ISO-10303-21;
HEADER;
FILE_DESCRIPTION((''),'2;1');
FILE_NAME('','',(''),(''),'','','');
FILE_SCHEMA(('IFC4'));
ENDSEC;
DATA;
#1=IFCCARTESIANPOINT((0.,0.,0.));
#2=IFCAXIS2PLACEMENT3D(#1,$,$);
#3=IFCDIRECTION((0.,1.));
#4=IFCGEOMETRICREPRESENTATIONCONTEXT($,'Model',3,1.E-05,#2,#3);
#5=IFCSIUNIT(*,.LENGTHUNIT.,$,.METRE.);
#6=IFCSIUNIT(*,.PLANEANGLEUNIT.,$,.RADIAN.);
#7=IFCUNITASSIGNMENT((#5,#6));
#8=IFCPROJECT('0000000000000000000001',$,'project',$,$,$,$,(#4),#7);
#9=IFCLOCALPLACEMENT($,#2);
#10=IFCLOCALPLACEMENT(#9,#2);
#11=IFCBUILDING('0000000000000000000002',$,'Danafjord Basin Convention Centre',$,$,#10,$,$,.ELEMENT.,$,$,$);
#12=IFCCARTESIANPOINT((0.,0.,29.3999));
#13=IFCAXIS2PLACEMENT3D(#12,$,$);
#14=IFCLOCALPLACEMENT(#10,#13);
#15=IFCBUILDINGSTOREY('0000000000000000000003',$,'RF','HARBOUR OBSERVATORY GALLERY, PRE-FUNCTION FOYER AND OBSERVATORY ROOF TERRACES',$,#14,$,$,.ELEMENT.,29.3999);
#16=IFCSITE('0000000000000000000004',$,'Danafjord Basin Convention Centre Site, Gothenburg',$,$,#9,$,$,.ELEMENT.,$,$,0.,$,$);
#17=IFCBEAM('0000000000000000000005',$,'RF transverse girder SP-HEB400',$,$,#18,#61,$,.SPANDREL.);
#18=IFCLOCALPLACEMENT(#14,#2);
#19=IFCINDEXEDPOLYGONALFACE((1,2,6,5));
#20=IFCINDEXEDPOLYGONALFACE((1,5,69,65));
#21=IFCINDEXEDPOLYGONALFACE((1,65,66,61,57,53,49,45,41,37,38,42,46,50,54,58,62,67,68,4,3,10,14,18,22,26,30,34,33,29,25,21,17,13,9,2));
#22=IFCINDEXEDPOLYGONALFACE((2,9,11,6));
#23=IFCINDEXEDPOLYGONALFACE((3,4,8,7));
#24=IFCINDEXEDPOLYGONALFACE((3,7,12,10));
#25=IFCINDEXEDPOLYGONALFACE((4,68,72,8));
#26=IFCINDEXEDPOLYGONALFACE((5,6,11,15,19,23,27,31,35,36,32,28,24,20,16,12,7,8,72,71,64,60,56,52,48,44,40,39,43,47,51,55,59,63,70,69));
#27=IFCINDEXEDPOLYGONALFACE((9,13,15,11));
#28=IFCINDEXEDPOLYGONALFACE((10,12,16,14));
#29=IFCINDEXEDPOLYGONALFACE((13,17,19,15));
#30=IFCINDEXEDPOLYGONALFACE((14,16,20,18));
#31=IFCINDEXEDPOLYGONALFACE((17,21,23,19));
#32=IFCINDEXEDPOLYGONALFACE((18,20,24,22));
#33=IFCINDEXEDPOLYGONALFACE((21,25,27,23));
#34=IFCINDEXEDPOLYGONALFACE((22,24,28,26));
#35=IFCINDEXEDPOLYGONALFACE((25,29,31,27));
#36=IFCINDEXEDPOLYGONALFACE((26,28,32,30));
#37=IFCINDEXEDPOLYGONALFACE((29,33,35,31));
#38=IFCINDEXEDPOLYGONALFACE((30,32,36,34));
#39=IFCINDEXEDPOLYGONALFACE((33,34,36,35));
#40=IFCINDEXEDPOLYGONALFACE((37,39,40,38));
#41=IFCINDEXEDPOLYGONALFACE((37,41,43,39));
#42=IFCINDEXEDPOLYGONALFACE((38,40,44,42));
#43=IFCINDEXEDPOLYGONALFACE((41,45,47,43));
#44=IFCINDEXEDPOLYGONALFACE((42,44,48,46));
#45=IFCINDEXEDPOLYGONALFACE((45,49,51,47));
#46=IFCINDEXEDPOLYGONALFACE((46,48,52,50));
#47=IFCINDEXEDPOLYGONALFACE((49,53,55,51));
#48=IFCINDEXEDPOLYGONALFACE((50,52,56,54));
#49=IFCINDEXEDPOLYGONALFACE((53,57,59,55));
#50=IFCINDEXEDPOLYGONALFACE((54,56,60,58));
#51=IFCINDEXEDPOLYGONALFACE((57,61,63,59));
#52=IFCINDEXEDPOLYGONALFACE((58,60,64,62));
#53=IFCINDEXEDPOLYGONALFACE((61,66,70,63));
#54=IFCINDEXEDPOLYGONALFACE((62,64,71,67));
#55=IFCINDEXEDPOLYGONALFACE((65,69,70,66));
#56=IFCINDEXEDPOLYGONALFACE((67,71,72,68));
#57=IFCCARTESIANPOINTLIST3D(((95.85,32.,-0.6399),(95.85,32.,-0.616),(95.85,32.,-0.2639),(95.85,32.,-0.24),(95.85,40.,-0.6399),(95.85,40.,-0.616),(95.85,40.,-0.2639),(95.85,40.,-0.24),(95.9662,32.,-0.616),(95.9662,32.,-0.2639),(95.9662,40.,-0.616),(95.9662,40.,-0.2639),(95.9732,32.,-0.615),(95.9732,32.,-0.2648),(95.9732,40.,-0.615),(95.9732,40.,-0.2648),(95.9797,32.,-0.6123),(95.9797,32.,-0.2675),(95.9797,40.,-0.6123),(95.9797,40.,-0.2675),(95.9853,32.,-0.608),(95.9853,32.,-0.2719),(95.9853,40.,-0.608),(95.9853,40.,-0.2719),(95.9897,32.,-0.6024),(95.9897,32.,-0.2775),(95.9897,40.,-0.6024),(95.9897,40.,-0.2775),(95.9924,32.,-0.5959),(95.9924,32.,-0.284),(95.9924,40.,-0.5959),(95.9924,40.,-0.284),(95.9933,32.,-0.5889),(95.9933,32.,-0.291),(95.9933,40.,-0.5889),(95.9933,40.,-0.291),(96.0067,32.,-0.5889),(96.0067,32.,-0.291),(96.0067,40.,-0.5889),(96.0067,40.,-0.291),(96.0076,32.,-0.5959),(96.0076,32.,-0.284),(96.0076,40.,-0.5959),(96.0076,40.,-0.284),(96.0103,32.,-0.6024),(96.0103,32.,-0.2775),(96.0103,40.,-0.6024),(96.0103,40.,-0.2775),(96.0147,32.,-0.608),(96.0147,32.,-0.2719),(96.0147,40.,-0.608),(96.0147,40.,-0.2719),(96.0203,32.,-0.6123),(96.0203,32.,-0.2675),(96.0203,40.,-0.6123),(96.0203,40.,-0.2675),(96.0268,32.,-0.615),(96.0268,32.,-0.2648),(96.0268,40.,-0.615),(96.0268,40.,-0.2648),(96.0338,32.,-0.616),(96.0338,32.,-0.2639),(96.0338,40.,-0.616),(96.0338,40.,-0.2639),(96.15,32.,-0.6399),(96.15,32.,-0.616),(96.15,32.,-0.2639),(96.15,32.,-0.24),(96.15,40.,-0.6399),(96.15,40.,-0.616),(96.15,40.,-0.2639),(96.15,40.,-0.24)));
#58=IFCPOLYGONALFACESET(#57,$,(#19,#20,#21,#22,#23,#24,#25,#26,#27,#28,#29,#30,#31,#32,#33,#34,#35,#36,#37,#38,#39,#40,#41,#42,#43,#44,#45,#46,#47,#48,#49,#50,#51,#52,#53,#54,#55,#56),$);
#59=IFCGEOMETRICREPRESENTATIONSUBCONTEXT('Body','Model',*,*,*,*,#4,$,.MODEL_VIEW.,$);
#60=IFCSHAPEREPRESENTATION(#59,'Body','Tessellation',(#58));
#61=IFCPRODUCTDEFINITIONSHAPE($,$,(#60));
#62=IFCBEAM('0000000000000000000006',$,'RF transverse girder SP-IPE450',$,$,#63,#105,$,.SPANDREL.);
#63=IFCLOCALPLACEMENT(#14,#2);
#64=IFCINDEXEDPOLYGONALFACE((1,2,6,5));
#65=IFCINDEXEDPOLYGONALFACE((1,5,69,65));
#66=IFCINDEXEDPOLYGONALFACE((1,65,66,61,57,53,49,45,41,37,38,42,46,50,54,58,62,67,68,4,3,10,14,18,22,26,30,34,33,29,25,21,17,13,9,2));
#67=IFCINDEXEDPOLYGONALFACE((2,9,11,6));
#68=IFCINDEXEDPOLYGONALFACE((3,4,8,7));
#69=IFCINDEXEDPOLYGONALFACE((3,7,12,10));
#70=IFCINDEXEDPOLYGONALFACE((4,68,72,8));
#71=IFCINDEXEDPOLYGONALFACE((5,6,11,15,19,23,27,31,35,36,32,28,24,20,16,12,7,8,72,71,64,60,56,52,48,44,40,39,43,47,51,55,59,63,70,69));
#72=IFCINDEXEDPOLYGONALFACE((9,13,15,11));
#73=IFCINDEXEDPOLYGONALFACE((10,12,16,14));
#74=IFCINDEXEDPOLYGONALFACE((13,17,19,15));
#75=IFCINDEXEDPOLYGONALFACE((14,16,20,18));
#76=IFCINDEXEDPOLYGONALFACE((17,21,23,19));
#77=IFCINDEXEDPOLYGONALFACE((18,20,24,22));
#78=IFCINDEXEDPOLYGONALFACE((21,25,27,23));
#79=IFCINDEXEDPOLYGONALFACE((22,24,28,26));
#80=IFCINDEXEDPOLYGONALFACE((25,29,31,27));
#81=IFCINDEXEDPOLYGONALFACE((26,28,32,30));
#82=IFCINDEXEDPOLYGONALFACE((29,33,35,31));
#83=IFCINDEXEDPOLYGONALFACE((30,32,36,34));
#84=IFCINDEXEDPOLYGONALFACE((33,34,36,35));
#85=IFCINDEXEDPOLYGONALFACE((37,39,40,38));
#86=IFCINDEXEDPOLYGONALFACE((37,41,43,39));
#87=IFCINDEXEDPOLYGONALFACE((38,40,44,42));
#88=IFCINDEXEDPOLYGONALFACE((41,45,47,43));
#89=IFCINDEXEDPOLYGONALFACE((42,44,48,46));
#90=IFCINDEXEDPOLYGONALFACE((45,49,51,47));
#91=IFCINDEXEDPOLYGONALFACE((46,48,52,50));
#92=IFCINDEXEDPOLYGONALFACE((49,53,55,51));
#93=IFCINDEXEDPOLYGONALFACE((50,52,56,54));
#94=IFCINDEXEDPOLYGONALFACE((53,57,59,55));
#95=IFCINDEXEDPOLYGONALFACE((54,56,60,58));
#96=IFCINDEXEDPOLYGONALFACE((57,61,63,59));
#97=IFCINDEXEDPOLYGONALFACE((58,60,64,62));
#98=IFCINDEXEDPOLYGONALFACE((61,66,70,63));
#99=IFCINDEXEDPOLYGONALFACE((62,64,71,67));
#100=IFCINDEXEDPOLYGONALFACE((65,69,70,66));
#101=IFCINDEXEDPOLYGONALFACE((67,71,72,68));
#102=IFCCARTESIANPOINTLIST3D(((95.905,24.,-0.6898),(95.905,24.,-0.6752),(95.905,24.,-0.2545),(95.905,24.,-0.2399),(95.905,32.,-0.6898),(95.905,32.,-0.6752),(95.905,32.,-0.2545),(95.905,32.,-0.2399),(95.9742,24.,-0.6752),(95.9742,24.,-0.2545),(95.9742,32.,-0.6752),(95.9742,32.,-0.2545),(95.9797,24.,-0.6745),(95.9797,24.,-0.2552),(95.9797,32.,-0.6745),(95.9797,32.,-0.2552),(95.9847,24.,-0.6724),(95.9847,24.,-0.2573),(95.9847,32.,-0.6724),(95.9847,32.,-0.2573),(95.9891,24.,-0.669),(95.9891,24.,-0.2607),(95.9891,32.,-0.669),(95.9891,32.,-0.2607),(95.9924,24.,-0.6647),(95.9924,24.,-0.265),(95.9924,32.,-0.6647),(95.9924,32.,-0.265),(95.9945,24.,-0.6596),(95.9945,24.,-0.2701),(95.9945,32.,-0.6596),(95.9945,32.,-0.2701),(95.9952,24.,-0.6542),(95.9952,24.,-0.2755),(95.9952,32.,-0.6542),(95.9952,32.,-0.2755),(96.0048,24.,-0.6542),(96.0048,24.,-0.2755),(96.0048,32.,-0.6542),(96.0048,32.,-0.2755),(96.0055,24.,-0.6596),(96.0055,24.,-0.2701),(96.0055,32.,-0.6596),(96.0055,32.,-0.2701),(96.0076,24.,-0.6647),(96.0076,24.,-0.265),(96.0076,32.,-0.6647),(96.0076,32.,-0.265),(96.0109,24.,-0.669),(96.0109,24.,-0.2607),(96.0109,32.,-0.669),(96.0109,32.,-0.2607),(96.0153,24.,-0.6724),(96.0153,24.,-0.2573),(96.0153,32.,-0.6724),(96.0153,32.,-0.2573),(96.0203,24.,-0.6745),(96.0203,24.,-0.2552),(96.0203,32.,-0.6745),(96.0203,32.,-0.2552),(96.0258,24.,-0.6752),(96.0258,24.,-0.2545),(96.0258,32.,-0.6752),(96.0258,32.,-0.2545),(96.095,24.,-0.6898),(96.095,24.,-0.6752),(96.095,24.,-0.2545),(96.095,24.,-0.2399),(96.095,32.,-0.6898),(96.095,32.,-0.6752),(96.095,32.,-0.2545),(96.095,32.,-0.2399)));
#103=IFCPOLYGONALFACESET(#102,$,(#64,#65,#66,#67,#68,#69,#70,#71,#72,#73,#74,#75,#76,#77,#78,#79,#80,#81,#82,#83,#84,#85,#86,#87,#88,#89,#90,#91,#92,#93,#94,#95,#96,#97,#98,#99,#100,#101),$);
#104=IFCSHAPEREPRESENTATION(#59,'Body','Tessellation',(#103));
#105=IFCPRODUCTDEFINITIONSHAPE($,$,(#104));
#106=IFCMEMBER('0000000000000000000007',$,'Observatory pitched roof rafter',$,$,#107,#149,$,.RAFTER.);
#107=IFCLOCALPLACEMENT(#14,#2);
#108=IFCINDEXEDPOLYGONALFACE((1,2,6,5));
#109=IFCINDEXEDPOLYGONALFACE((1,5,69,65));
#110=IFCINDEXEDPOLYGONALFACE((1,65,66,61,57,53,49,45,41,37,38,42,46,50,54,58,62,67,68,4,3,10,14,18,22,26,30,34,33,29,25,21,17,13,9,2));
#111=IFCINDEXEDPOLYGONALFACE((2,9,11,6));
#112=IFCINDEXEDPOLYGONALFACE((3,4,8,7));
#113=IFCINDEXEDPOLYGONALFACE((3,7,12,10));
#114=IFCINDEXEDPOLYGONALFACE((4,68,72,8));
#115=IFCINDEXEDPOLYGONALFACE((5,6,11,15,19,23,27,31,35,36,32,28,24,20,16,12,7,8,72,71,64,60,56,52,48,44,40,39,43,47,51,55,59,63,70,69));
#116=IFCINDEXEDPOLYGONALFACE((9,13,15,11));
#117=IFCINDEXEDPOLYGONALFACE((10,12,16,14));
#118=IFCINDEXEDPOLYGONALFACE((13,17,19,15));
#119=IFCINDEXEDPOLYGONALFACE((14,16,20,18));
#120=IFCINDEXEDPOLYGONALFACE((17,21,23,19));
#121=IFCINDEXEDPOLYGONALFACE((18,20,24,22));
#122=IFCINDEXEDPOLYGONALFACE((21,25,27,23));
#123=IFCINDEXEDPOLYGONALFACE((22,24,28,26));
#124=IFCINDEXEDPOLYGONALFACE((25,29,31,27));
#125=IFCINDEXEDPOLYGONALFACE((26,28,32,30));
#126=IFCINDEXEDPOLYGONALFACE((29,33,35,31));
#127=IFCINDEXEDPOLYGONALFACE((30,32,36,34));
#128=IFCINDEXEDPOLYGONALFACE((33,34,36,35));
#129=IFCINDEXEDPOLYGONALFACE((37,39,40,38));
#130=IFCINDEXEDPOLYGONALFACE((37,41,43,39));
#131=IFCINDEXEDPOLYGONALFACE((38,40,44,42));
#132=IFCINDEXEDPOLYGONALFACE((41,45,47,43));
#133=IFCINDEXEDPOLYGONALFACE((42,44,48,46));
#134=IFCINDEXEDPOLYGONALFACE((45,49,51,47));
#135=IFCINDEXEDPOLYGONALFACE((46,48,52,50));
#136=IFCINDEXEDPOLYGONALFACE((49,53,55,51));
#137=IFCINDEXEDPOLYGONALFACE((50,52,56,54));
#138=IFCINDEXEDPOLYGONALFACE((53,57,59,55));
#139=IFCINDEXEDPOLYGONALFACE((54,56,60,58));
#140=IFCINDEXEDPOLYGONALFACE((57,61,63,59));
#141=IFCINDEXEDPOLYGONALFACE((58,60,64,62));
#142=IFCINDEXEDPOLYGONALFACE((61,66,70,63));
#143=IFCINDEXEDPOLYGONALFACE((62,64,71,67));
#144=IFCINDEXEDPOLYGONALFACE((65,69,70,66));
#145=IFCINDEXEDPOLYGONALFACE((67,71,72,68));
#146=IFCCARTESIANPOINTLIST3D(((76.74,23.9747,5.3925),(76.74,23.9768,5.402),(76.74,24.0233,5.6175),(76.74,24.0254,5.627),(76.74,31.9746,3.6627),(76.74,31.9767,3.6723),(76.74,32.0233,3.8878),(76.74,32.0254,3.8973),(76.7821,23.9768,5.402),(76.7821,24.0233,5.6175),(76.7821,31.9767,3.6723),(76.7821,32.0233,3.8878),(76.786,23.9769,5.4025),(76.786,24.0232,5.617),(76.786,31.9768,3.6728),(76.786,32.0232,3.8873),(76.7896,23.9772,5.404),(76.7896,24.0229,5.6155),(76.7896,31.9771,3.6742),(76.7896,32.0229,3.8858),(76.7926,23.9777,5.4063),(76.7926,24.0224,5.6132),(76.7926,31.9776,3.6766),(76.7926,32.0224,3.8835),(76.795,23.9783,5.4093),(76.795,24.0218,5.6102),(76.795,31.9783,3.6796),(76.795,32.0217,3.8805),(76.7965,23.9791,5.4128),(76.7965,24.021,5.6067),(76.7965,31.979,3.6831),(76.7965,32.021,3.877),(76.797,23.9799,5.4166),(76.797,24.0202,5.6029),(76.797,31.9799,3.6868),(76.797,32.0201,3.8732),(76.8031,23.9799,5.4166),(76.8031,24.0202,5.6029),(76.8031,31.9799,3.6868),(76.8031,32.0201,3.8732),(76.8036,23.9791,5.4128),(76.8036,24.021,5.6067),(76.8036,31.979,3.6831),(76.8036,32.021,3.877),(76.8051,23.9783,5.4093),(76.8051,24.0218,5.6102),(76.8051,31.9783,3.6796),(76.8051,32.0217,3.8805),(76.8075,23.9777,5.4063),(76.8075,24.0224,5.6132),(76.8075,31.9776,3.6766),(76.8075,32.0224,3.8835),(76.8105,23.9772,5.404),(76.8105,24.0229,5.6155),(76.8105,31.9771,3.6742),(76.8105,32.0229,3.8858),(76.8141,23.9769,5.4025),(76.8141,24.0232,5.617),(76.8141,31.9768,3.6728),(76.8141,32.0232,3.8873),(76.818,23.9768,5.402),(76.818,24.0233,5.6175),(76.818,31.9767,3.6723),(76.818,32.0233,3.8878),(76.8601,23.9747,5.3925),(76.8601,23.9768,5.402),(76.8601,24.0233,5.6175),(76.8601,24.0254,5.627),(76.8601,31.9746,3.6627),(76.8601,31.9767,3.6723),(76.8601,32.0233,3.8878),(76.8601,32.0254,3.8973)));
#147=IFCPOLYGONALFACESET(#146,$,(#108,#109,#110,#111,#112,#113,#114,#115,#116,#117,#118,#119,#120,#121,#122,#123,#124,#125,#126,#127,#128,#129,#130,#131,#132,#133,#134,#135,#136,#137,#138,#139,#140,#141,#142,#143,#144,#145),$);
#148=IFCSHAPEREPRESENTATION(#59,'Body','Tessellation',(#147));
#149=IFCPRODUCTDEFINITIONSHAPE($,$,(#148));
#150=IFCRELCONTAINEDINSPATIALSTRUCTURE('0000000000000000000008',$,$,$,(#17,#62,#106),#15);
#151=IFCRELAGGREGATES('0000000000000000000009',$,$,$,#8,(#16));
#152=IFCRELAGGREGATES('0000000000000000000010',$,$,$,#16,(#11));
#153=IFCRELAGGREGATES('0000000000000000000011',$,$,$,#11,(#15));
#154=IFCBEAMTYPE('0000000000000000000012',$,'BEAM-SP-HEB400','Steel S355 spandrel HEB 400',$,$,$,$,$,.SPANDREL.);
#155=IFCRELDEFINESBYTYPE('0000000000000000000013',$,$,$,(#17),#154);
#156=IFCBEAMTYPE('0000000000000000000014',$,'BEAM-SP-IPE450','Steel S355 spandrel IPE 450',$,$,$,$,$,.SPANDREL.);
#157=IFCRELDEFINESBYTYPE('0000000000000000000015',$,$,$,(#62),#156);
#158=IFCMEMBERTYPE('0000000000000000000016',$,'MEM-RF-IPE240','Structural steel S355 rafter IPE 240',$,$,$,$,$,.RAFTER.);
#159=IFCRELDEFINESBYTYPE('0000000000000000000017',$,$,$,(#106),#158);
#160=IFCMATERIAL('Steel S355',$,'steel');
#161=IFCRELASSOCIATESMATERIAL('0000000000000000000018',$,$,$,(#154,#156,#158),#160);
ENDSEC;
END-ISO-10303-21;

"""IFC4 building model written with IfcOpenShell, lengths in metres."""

from ifc_helpers import new_model, si_unit, direction, frame, origin, origin_2d, place, context, subcontext, project, spatial, i_section, extrude, material, material_profile, profile_set, type_object, element, save


model = new_model("IFC4")

# Units and contexts
model_context = context("Model", 3, precision=1e-05, world=origin(), true_north=direction((0.0, 1.0)))
body_context = subcontext(model_context, "Body", "Model", "MODEL_VIEW")
ifc_project = project(units=[si_unit("LENGTHUNIT", "METRE"), si_unit("PLANEANGLEUNIT", "RADIAN")], contexts=[model_context])

# Site, building, storey
site_placement = place(None, origin())
site = spatial("IfcSite", under=ifc_project, at=site_placement, Name="Danafjord Basin Convention Centre Site, Gothenburg", CompositionType="ELEMENT", RefElevation=0.0)
building_placement = place(site_placement, origin())
building = spatial("IfcBuilding", under=site, at=building_placement, Name="Danafjord Basin Convention Centre", CompositionType="ELEMENT")
storey_placement = place(building_placement, frame((0.0, 0.0, 29.3999)))
storey = spatial("IfcBuildingStorey", under=building, at=storey_placement, Name="RF", Description="HARBOUR OBSERVATORY GALLERY, PRE-FUNCTION FOYER AND OBSERVATORY ROOF TERRACES", CompositionType="ELEMENT", Elevation=29.3999)

# Shared definitions
ifc_material_1 = material(Name="Steel S355", Category="steel")

# Beams
ifc_material_profile_1 = material_profile(ifc_material_1, i_section(OverallWidth=0.3, OverallDepth=0.3999, WebThickness=0.0134, FlangeThickness=0.0239, FilletRadius=0.0271, at=origin_2d()), Name="HEB 400")
ifc_profile_set_1 = profile_set([ifc_material_profile_1], Name="Steel S355")
beam_type_1 = type_object("IfcBeamType", Name="BEAM-SP-HEB400", Description="Steel S355 spandrel HEB 400", PredefinedType="SPANDREL", material=ifc_profile_set_1)
beam_1_placement = place(storey_placement, frame((96.0, 32.0, -0.4399), z_axis=(0.0, 1.0, 0.0), x_axis=(-1.0, 0.0, 0.0)))
element("IfcBeam", 1, at=beam_1_placement, inside=storey, type_object=beam_type_1, Name="RF transverse girder SP-HEB400", PredefinedType="SPANDREL", context=body_context, shape_type="SweptSolid", body=[
    extrude(i_section(OverallWidth=0.3, OverallDepth=0.3999, WebThickness=0.0134, FlangeThickness=0.0239, FilletRadius=0.0271, at=origin_2d()), origin(), (0.0, 0.0, 1.0), 8.0),
])
ifc_material_profile_2 = material_profile(ifc_material_1, i_section(OverallWidth=0.1899, OverallDepth=0.45, WebThickness=0.0095, FlangeThickness=0.0146, FilletRadius=0.021, at=origin_2d()), Name="IPE 450")
ifc_profile_set_2 = profile_set([ifc_material_profile_2], Name="Steel S355")
beam_type_2 = type_object("IfcBeamType", Name="BEAM-SP-IPE450", Description="Steel S355 spandrel IPE 450", PredefinedType="SPANDREL", material=ifc_profile_set_2)
beam_2_placement = place(storey_placement, frame((96.0, 24.0, -0.4648), z_axis=(0.0, 1.0, 0.0), x_axis=(-1.0, 0.0, 0.0)))
element("IfcBeam", 2, at=beam_2_placement, inside=storey, type_object=beam_type_2, Name="RF transverse girder SP-IPE450", PredefinedType="SPANDREL", context=body_context, shape_type="SweptSolid", body=[
    extrude(i_section(OverallWidth=0.1899, OverallDepth=0.45, WebThickness=0.0095, FlangeThickness=0.0146, FilletRadius=0.021, at=origin_2d()), origin(), (0.0, 0.0, 1.0), 8.0),
])

# Member
ifc_material_profile_3 = material_profile(ifc_material_1, i_section(OverallWidth=0.1201, OverallDepth=0.24, WebThickness=0.0061, FlangeThickness=0.0098, FilletRadius=0.0149, at=origin_2d()), Name="IPE 240")
ifc_profile_set_3 = profile_set([ifc_material_profile_3], Name="Steel S355")
member_type_1 = type_object("IfcMemberType", Name="MEM-RF-IPE240", Description="Structural steel S355 rafter IPE 240", PredefinedType="RAFTER", material=ifc_profile_set_3)
member_1_placement = place(storey_placement, frame((76.8, 32.0, 3.78), z_axis=(0.0, -0.977414, 0.211334), x_axis=(1.0, 0.0, 0.0)))
element("IfcMember", 3, at=member_1_placement, inside=storey, type_object=member_type_1, Name="Observatory pitched roof rafter", PredefinedType="RAFTER", context=body_context, shape_type="SweptSolid", body=[
    extrude(i_section(OverallWidth=0.1201, OverallDepth=0.24, WebThickness=0.0061, FlangeThickness=0.0098, FilletRadius=0.0149, at=origin_2d()), origin(), (0.0, 0.0, 1.0), 8.1848),
])

save(model, "model.ifc")
